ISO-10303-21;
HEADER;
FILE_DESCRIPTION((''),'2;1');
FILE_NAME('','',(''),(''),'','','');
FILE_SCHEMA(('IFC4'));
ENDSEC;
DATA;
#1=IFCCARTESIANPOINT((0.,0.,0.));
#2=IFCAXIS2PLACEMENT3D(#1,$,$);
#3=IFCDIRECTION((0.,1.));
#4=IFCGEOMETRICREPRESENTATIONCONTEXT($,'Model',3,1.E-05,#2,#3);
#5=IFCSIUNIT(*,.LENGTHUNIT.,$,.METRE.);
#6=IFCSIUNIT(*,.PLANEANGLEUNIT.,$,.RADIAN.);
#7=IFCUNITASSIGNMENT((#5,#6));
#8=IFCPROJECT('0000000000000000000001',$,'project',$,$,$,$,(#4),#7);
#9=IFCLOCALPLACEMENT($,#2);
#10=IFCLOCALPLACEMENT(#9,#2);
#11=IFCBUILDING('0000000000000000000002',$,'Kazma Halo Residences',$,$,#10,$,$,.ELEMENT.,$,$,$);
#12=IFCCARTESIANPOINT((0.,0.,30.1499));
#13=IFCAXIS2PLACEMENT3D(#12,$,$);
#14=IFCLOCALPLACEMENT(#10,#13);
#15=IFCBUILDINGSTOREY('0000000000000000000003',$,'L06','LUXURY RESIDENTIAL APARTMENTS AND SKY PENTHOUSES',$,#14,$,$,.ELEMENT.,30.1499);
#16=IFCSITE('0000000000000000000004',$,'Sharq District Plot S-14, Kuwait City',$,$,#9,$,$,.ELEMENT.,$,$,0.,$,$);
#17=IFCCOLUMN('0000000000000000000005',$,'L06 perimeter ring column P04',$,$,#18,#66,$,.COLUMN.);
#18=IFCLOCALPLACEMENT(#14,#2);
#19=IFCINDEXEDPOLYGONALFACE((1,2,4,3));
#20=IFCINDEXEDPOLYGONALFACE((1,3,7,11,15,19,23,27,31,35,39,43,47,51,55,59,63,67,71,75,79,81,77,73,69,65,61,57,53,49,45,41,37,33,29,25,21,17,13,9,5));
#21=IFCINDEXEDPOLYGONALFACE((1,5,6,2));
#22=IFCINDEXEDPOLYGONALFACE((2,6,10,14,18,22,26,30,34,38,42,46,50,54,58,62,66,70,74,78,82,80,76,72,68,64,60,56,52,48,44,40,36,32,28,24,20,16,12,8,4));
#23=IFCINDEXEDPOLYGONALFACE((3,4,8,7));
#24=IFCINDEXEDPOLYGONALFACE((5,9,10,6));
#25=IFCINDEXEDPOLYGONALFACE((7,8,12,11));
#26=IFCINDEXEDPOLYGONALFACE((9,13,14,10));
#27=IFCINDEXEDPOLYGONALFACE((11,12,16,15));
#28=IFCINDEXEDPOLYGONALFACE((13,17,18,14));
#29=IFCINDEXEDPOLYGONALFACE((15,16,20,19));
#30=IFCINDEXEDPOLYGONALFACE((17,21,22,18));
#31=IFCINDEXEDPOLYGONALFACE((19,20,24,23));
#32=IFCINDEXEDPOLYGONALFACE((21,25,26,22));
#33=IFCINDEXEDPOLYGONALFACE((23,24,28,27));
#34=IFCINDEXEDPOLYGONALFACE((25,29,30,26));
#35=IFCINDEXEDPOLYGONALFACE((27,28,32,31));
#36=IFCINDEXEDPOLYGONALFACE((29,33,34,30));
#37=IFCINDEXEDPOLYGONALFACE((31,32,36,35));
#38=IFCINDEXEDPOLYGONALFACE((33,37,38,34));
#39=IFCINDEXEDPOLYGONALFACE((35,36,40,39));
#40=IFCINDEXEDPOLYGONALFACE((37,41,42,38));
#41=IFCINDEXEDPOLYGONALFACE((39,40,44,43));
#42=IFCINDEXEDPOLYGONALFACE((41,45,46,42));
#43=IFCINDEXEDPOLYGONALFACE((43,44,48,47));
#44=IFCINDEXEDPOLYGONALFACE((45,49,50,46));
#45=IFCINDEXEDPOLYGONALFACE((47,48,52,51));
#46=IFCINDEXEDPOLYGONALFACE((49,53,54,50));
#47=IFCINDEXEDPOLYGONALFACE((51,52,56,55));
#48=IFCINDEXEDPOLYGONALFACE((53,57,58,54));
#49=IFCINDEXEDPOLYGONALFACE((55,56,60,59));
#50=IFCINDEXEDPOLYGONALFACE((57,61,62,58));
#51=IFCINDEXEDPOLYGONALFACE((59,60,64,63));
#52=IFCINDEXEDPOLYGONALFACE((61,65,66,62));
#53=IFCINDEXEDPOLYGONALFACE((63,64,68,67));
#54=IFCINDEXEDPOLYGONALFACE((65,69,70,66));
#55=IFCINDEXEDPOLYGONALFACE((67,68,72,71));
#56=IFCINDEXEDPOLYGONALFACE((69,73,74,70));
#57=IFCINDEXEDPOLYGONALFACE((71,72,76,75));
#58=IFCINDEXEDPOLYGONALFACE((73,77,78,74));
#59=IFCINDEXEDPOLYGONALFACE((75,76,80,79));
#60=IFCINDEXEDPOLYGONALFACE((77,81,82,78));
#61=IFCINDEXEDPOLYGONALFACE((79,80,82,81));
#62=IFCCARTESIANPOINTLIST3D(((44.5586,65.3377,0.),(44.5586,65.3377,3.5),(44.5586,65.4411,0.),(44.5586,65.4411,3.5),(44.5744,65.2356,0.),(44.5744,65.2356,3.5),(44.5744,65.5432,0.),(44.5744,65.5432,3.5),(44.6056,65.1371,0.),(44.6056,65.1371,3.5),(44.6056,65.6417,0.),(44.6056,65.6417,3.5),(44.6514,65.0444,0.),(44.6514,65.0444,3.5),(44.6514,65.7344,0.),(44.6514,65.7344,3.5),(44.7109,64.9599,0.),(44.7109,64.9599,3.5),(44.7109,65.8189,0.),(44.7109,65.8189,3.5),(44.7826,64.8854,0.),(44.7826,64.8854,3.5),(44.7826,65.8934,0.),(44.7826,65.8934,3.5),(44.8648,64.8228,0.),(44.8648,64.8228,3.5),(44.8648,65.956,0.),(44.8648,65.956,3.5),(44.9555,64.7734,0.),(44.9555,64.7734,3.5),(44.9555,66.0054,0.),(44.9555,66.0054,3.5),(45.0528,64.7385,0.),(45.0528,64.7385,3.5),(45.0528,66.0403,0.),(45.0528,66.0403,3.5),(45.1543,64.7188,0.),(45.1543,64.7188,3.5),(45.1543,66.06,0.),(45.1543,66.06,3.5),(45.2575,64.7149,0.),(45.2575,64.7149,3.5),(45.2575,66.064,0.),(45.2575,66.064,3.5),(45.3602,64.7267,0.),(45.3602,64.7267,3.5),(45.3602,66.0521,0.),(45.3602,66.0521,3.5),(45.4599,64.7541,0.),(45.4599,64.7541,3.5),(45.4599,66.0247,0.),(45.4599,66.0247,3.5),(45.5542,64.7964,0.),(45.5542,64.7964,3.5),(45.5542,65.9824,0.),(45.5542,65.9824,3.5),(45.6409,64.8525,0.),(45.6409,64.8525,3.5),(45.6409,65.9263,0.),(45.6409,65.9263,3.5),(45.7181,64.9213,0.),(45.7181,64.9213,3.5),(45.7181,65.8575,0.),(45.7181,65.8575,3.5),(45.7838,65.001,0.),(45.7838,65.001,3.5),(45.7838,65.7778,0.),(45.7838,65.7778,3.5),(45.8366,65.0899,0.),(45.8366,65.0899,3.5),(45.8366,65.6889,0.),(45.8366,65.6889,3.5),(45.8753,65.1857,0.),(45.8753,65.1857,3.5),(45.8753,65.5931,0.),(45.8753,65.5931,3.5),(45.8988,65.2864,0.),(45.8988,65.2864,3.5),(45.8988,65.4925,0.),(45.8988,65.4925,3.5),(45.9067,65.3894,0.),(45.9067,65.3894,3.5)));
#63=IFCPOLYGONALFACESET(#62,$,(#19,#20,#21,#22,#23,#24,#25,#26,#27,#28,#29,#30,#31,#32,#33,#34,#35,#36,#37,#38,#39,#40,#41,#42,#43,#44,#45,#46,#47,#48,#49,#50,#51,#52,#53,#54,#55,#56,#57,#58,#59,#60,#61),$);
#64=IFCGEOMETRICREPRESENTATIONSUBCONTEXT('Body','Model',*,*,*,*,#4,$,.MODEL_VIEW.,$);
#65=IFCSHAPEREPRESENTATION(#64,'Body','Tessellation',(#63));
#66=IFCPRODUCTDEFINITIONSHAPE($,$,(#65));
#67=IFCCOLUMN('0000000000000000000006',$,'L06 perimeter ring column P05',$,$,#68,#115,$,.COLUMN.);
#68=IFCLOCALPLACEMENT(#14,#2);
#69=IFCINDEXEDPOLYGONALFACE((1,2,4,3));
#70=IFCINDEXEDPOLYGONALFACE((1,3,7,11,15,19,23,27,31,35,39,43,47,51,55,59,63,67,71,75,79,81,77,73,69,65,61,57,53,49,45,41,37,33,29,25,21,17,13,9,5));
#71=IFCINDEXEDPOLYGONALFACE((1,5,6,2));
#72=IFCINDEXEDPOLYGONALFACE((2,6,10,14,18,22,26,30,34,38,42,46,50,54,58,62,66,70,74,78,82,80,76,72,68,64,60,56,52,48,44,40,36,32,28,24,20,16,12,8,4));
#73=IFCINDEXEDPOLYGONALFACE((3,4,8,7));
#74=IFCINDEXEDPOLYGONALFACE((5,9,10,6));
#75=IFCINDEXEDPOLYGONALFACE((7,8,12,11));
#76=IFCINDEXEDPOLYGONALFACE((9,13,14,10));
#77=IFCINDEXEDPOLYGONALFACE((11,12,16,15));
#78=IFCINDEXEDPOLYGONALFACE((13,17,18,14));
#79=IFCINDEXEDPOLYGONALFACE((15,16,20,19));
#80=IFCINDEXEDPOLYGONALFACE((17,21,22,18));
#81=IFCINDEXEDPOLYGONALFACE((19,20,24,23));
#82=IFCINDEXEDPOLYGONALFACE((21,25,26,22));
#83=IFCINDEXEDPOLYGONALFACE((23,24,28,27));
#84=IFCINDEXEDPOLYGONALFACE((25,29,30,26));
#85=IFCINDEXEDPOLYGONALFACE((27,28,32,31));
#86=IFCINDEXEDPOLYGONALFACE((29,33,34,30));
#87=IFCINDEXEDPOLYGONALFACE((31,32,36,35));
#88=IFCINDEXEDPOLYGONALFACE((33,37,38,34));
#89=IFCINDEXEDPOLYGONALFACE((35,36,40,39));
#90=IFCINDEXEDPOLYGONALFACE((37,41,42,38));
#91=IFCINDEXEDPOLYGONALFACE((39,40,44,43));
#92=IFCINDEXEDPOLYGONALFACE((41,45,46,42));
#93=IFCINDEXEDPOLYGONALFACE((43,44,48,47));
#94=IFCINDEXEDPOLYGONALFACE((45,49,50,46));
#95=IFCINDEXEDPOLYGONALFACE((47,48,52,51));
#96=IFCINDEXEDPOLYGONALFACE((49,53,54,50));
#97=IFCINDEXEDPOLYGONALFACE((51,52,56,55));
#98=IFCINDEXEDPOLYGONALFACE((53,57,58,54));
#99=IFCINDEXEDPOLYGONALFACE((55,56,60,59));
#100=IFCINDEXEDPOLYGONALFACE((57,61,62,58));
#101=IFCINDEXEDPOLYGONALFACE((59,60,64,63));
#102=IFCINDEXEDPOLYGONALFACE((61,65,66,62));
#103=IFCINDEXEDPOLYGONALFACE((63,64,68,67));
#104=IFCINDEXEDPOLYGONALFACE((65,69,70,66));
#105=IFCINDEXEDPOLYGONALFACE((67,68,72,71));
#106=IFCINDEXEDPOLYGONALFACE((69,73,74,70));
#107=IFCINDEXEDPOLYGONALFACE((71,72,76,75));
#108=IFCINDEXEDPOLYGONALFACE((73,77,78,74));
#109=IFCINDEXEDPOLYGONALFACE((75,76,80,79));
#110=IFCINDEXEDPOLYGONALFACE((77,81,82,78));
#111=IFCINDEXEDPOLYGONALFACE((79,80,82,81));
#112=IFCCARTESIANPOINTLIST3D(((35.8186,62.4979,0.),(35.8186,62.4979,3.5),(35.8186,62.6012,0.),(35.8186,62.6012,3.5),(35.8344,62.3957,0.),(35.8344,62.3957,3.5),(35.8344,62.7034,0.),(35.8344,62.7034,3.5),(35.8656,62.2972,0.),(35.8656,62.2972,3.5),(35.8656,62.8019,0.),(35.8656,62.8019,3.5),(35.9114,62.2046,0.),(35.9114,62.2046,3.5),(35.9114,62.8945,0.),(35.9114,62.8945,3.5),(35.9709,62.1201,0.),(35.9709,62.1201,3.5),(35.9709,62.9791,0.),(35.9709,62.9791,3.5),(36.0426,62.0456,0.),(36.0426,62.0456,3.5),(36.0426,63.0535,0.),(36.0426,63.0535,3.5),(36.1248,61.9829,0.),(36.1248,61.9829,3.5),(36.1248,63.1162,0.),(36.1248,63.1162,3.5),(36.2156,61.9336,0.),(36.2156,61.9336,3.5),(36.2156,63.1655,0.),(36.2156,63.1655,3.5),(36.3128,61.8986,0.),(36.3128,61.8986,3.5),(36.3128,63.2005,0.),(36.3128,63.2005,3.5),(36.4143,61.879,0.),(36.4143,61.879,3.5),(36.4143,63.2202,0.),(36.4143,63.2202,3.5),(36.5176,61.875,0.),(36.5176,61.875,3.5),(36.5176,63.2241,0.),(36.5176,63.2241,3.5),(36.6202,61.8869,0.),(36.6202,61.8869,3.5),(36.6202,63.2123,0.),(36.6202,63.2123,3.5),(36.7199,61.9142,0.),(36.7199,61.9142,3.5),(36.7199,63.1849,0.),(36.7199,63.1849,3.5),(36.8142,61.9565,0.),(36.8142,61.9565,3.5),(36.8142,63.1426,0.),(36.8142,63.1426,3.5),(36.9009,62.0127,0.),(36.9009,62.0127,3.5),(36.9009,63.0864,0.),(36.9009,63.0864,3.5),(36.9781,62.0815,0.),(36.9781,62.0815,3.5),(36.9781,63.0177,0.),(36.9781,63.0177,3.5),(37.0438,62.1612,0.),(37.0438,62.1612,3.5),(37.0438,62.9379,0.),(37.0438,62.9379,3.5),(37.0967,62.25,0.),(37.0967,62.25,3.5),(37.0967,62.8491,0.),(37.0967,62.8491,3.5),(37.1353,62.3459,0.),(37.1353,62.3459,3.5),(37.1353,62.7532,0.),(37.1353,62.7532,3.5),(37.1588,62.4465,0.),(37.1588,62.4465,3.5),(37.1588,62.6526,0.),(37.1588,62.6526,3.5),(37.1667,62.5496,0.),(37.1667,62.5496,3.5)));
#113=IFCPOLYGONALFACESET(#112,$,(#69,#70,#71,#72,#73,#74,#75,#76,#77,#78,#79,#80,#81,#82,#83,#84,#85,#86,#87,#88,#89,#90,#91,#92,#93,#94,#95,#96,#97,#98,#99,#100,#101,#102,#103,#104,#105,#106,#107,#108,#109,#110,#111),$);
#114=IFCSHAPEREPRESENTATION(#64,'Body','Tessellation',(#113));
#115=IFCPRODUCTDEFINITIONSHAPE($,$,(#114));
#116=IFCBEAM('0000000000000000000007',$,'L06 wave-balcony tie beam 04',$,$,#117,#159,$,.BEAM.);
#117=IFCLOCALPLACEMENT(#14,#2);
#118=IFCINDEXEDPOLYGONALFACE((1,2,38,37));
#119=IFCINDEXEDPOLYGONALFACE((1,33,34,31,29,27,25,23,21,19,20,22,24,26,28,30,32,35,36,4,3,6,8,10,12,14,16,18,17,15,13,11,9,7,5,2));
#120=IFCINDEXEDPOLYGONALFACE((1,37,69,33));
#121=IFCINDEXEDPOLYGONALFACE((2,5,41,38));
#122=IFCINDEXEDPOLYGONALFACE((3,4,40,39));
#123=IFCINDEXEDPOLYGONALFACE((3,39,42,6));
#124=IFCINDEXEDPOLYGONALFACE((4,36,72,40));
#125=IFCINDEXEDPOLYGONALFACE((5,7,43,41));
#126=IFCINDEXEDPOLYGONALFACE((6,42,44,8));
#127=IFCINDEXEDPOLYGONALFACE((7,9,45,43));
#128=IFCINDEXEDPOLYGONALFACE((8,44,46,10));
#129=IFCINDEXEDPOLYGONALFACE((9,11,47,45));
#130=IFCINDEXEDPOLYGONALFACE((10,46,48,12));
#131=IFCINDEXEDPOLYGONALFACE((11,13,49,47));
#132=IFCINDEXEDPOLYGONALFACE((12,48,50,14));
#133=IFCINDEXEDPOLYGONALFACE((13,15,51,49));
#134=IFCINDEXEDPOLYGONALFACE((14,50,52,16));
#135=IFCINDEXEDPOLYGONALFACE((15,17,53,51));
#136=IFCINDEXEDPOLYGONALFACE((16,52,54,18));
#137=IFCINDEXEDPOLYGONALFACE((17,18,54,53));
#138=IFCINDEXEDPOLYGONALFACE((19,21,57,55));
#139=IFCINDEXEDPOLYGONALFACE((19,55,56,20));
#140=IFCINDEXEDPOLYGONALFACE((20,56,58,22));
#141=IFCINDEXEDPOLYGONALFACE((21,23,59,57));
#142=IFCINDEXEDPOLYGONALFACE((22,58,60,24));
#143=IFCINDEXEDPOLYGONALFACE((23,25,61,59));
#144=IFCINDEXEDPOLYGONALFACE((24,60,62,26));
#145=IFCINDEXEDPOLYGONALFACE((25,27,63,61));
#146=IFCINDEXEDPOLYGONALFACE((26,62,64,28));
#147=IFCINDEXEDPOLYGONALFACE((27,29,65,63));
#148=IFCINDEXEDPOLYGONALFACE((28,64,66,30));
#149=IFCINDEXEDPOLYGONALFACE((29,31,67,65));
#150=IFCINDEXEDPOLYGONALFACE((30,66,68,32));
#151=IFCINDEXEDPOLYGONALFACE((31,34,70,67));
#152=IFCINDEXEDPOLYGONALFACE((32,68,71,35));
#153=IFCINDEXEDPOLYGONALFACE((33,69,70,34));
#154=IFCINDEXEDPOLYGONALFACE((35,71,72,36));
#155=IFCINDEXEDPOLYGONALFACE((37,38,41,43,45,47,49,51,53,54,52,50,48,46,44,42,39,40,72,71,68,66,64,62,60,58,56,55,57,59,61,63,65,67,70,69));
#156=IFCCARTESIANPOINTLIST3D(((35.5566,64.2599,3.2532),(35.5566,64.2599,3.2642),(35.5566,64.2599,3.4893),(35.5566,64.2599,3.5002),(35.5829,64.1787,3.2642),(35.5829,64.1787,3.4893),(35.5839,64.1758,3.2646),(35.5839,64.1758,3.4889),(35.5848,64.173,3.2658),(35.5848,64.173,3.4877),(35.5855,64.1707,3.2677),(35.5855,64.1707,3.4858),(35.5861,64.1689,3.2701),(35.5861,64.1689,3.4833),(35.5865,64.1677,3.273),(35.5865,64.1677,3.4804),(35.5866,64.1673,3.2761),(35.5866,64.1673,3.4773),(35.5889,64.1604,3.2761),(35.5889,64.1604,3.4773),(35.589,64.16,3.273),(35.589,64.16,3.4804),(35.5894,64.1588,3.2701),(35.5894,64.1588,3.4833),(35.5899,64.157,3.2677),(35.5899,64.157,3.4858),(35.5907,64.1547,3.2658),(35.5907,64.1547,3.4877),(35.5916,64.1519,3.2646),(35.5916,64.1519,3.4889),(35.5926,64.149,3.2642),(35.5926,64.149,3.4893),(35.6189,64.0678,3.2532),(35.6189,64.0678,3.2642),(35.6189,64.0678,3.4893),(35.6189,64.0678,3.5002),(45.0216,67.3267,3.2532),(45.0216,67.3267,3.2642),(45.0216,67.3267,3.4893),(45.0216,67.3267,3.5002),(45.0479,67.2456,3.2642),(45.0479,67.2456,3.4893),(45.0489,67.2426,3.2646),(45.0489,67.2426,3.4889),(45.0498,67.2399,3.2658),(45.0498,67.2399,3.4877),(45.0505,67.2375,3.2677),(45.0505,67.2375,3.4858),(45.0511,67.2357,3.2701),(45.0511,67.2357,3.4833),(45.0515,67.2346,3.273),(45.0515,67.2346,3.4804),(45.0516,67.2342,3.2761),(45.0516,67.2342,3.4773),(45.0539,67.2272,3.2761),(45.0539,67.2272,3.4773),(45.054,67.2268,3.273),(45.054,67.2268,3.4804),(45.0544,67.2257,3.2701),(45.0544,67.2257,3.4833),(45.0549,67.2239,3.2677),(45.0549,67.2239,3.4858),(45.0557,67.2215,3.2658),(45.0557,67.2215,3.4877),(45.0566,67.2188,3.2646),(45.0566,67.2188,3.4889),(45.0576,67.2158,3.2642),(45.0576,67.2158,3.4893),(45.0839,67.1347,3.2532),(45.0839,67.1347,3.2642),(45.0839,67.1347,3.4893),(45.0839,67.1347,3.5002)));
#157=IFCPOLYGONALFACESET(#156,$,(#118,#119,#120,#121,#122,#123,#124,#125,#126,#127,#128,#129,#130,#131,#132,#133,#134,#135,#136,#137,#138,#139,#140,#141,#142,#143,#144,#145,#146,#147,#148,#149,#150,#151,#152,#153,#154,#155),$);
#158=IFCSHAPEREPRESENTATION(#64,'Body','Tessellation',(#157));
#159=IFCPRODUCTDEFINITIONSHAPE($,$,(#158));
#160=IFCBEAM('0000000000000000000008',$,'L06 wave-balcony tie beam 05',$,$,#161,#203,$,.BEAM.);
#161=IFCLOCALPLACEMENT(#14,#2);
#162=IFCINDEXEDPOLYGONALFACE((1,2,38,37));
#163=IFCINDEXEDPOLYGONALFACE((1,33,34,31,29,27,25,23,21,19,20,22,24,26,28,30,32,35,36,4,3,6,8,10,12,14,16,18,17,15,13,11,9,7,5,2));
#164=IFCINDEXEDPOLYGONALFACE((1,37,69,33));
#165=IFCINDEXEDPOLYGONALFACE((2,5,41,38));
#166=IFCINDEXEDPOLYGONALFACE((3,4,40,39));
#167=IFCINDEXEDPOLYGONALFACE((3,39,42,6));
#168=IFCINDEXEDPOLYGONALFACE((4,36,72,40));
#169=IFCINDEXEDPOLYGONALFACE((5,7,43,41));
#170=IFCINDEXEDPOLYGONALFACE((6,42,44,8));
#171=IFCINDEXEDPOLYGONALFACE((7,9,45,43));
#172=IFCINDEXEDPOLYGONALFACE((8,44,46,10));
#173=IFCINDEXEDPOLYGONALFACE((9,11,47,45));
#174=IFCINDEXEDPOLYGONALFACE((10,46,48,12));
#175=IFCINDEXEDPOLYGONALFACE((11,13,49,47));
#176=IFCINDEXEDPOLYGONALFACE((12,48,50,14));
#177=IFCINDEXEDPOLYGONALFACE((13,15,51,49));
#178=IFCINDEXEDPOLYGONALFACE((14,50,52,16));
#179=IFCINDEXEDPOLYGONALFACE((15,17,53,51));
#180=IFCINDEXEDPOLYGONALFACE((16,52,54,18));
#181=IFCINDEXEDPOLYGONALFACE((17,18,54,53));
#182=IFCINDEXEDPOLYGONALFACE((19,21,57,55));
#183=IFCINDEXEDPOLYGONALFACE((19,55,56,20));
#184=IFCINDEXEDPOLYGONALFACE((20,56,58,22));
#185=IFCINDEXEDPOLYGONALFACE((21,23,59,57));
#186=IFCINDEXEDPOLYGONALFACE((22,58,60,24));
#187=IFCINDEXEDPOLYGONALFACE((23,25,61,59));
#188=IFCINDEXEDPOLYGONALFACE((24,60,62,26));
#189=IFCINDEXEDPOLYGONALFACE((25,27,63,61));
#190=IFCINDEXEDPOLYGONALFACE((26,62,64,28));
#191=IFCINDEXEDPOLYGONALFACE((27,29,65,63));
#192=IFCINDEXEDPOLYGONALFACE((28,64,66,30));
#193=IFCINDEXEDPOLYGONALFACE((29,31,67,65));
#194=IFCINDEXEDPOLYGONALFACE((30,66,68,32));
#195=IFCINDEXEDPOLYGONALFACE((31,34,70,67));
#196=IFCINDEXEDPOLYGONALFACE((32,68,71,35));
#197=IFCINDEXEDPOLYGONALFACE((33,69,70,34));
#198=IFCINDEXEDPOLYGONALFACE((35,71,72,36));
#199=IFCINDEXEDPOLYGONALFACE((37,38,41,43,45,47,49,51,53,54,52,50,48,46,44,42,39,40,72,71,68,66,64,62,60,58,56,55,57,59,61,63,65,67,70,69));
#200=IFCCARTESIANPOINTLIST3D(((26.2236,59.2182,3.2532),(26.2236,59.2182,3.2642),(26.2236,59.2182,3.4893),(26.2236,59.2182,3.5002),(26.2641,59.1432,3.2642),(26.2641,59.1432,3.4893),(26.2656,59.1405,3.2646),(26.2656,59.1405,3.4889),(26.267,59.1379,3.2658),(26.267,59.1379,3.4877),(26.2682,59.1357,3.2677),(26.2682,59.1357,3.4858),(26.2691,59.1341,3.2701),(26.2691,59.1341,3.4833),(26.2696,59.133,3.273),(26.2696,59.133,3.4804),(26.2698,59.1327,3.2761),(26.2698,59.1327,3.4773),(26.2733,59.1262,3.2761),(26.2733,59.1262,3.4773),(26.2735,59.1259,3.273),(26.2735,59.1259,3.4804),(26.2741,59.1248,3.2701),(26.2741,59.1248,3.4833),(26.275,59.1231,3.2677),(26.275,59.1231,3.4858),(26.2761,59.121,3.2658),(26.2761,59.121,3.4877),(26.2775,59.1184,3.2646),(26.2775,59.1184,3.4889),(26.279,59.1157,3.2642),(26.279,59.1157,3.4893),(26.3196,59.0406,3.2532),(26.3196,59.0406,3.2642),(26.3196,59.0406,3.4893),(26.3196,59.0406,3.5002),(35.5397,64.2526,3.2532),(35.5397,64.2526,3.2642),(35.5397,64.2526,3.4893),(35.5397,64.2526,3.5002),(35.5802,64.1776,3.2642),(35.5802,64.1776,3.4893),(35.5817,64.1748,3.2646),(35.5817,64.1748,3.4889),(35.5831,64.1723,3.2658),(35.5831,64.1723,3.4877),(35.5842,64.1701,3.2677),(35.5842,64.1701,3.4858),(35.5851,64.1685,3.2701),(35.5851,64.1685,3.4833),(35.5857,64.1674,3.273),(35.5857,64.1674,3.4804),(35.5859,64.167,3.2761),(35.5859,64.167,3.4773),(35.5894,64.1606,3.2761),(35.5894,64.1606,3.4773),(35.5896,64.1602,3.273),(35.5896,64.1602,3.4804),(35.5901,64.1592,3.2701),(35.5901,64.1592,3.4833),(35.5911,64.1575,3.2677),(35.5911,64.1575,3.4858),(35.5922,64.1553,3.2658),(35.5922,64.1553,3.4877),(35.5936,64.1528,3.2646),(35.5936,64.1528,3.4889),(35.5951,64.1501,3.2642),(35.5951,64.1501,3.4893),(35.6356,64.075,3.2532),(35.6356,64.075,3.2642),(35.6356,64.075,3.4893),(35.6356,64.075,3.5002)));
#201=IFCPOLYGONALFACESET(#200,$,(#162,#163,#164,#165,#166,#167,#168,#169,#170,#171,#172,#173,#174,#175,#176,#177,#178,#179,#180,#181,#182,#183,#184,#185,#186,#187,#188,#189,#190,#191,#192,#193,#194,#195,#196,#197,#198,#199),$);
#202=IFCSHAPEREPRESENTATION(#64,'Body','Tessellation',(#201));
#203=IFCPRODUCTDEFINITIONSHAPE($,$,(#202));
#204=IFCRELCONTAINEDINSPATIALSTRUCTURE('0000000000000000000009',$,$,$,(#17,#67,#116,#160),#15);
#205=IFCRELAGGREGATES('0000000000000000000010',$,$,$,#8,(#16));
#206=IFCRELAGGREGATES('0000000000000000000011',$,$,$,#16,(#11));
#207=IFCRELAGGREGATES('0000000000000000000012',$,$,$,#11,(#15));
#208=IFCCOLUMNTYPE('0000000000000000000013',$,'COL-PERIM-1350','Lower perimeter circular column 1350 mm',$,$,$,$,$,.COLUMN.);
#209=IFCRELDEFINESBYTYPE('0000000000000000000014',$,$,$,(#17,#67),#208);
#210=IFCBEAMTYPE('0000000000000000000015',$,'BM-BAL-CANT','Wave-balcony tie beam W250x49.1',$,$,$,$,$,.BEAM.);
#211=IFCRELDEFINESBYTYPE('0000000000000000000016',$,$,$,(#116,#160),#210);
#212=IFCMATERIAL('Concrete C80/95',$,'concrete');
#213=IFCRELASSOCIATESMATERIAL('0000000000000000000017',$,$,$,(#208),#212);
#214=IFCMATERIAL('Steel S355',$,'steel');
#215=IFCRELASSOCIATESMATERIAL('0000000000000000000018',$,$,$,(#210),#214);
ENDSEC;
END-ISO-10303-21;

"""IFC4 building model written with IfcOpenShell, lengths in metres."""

from ifc_helpers import new_model, si_unit, direction, frame, origin, origin_2d, place, context, subcontext, project, spatial, circle, i_section, extrude, material, material_profile, profile_set, type_object, element, save


model = new_model("IFC4")

# Units and contexts
model_context = context("Model", 3, precision=1e-05, world=origin(), true_north=direction((0.0, 1.0)))
body_context = subcontext(model_context, "Body", "Model", "MODEL_VIEW")
ifc_project = project(units=[si_unit("LENGTHUNIT", "METRE"), si_unit("PLANEANGLEUNIT", "RADIAN")], contexts=[model_context])

# Site, building, storey
site_placement = place(None, origin())
site = spatial("IfcSite", under=ifc_project, at=site_placement, Name="Sharq District Plot S-14, Kuwait City", CompositionType="ELEMENT", RefElevation=0.0)
building_placement = place(site_placement, origin())
building = spatial("IfcBuilding", under=site, at=building_placement, Name="Kazma Halo Residences", CompositionType="ELEMENT")
storey_placement = place(building_placement, frame((0.0, 0.0, 30.1499)))
storey = spatial("IfcBuildingStorey", under=building, at=storey_placement, Name="L06", Description="LUXURY RESIDENTIAL APARTMENTS AND SKY PENTHOUSES", CompositionType="ELEMENT", Elevation=30.1499)

# Columns
ifc_material_1 = material(Name="Concrete C80/95", Category="concrete")
ifc_material_profile_1 = material_profile(ifc_material_1, circle(Radius=0.675, at=origin_2d()), Name="CIRC1350")
ifc_profile_set_1 = profile_set([ifc_material_profile_1], Name="Concrete C80/95")
column_type = type_object("IfcColumnType", Name="COL-PERIM-1350", Description="Lower perimeter circular column 1350 mm", PredefinedType="COLUMN", material=ifc_profile_set_1)
for number, where, z_axis, x_axis, name in (
    (1, (45.2317, 65.3894, 0.0), (0.0, 0.0, 1.0), (1.0, 0.0, 0.0), "L06 perimeter ring column P04"),
    (2, (36.4917, 62.5496, 0.0), (0.0, 0.0, 1.0), (1.0, 0.0, 0.0), "L06 perimeter ring column P05"),
):
    element("IfcColumn", number, at=place(storey_placement, frame(where, z_axis=z_axis, x_axis=x_axis)), inside=storey, type_object=column_type, Name=name, PredefinedType="COLUMN", context=body_context, shape_type="SweptSolid", body=[
        extrude(circle(Radius=0.675, at=origin_2d()), origin(), (0.0, 0.0, 1.0), 3.5),
    ])

# Beams
ifc_material_2 = material(Name="Steel S355", Category="steel")
ifc_material_profile_2 = material_profile(ifc_material_2, i_section(OverallWidth=0.2019, OverallDepth=0.2471, WebThickness=0.0073, FlangeThickness=0.011, FilletRadius=0.012, at=origin_2d()), Name="W250x49.1")
ifc_profile_set_2 = profile_set([ifc_material_profile_2], Name="Steel S355")
beam_type_1 = type_object("IfcBeamType", Name="BM-BAL-CANT", Description="Wave-balcony tie beam W250x49.1", PredefinedType="BEAM", material=ifc_profile_set_2)
beam_1_placement = place(storey_placement, frame((45.0527, 67.2307, 3.3767), z_axis=(-0.951307, -0.308244, 0.0), x_axis=(0.308244, -0.951307, 0.0)))
element("IfcBeam", 3, at=beam_1_placement, inside=storey, type_object=beam_type_1, Name="L06 wave-balcony tie beam 04", PredefinedType="BEAM", context=body_context, shape_type="SweptSolid", body=[
    extrude(i_section(OverallWidth=0.2019, OverallDepth=0.2471, WebThickness=0.0073, FlangeThickness=0.011, FilletRadius=0.012, at=origin_2d()), origin(), (0.0, 0.0, 1.0), 9.9495),
])
beam_2_placement = place(storey_placement, frame((35.5876, 64.1638, 3.3767), z_axis=(-0.879759, -0.475419, 0.0), x_axis=(0.475419, -0.879759, 0.0)))
element("IfcBeam", 4, at=beam_2_placement, inside=storey, type_object=beam_type_1, Name="L06 wave-balcony tie beam 05", PredefinedType="BEAM", context=body_context, shape_type="SweptSolid", body=[
    extrude(i_section(OverallWidth=0.2019, OverallDepth=0.2471, WebThickness=0.0073, FlangeThickness=0.011, FilletRadius=0.012, at=origin_2d()), origin(), (0.0, 0.0, 1.0), 10.5894),
])

save(model, "model.ifc")
